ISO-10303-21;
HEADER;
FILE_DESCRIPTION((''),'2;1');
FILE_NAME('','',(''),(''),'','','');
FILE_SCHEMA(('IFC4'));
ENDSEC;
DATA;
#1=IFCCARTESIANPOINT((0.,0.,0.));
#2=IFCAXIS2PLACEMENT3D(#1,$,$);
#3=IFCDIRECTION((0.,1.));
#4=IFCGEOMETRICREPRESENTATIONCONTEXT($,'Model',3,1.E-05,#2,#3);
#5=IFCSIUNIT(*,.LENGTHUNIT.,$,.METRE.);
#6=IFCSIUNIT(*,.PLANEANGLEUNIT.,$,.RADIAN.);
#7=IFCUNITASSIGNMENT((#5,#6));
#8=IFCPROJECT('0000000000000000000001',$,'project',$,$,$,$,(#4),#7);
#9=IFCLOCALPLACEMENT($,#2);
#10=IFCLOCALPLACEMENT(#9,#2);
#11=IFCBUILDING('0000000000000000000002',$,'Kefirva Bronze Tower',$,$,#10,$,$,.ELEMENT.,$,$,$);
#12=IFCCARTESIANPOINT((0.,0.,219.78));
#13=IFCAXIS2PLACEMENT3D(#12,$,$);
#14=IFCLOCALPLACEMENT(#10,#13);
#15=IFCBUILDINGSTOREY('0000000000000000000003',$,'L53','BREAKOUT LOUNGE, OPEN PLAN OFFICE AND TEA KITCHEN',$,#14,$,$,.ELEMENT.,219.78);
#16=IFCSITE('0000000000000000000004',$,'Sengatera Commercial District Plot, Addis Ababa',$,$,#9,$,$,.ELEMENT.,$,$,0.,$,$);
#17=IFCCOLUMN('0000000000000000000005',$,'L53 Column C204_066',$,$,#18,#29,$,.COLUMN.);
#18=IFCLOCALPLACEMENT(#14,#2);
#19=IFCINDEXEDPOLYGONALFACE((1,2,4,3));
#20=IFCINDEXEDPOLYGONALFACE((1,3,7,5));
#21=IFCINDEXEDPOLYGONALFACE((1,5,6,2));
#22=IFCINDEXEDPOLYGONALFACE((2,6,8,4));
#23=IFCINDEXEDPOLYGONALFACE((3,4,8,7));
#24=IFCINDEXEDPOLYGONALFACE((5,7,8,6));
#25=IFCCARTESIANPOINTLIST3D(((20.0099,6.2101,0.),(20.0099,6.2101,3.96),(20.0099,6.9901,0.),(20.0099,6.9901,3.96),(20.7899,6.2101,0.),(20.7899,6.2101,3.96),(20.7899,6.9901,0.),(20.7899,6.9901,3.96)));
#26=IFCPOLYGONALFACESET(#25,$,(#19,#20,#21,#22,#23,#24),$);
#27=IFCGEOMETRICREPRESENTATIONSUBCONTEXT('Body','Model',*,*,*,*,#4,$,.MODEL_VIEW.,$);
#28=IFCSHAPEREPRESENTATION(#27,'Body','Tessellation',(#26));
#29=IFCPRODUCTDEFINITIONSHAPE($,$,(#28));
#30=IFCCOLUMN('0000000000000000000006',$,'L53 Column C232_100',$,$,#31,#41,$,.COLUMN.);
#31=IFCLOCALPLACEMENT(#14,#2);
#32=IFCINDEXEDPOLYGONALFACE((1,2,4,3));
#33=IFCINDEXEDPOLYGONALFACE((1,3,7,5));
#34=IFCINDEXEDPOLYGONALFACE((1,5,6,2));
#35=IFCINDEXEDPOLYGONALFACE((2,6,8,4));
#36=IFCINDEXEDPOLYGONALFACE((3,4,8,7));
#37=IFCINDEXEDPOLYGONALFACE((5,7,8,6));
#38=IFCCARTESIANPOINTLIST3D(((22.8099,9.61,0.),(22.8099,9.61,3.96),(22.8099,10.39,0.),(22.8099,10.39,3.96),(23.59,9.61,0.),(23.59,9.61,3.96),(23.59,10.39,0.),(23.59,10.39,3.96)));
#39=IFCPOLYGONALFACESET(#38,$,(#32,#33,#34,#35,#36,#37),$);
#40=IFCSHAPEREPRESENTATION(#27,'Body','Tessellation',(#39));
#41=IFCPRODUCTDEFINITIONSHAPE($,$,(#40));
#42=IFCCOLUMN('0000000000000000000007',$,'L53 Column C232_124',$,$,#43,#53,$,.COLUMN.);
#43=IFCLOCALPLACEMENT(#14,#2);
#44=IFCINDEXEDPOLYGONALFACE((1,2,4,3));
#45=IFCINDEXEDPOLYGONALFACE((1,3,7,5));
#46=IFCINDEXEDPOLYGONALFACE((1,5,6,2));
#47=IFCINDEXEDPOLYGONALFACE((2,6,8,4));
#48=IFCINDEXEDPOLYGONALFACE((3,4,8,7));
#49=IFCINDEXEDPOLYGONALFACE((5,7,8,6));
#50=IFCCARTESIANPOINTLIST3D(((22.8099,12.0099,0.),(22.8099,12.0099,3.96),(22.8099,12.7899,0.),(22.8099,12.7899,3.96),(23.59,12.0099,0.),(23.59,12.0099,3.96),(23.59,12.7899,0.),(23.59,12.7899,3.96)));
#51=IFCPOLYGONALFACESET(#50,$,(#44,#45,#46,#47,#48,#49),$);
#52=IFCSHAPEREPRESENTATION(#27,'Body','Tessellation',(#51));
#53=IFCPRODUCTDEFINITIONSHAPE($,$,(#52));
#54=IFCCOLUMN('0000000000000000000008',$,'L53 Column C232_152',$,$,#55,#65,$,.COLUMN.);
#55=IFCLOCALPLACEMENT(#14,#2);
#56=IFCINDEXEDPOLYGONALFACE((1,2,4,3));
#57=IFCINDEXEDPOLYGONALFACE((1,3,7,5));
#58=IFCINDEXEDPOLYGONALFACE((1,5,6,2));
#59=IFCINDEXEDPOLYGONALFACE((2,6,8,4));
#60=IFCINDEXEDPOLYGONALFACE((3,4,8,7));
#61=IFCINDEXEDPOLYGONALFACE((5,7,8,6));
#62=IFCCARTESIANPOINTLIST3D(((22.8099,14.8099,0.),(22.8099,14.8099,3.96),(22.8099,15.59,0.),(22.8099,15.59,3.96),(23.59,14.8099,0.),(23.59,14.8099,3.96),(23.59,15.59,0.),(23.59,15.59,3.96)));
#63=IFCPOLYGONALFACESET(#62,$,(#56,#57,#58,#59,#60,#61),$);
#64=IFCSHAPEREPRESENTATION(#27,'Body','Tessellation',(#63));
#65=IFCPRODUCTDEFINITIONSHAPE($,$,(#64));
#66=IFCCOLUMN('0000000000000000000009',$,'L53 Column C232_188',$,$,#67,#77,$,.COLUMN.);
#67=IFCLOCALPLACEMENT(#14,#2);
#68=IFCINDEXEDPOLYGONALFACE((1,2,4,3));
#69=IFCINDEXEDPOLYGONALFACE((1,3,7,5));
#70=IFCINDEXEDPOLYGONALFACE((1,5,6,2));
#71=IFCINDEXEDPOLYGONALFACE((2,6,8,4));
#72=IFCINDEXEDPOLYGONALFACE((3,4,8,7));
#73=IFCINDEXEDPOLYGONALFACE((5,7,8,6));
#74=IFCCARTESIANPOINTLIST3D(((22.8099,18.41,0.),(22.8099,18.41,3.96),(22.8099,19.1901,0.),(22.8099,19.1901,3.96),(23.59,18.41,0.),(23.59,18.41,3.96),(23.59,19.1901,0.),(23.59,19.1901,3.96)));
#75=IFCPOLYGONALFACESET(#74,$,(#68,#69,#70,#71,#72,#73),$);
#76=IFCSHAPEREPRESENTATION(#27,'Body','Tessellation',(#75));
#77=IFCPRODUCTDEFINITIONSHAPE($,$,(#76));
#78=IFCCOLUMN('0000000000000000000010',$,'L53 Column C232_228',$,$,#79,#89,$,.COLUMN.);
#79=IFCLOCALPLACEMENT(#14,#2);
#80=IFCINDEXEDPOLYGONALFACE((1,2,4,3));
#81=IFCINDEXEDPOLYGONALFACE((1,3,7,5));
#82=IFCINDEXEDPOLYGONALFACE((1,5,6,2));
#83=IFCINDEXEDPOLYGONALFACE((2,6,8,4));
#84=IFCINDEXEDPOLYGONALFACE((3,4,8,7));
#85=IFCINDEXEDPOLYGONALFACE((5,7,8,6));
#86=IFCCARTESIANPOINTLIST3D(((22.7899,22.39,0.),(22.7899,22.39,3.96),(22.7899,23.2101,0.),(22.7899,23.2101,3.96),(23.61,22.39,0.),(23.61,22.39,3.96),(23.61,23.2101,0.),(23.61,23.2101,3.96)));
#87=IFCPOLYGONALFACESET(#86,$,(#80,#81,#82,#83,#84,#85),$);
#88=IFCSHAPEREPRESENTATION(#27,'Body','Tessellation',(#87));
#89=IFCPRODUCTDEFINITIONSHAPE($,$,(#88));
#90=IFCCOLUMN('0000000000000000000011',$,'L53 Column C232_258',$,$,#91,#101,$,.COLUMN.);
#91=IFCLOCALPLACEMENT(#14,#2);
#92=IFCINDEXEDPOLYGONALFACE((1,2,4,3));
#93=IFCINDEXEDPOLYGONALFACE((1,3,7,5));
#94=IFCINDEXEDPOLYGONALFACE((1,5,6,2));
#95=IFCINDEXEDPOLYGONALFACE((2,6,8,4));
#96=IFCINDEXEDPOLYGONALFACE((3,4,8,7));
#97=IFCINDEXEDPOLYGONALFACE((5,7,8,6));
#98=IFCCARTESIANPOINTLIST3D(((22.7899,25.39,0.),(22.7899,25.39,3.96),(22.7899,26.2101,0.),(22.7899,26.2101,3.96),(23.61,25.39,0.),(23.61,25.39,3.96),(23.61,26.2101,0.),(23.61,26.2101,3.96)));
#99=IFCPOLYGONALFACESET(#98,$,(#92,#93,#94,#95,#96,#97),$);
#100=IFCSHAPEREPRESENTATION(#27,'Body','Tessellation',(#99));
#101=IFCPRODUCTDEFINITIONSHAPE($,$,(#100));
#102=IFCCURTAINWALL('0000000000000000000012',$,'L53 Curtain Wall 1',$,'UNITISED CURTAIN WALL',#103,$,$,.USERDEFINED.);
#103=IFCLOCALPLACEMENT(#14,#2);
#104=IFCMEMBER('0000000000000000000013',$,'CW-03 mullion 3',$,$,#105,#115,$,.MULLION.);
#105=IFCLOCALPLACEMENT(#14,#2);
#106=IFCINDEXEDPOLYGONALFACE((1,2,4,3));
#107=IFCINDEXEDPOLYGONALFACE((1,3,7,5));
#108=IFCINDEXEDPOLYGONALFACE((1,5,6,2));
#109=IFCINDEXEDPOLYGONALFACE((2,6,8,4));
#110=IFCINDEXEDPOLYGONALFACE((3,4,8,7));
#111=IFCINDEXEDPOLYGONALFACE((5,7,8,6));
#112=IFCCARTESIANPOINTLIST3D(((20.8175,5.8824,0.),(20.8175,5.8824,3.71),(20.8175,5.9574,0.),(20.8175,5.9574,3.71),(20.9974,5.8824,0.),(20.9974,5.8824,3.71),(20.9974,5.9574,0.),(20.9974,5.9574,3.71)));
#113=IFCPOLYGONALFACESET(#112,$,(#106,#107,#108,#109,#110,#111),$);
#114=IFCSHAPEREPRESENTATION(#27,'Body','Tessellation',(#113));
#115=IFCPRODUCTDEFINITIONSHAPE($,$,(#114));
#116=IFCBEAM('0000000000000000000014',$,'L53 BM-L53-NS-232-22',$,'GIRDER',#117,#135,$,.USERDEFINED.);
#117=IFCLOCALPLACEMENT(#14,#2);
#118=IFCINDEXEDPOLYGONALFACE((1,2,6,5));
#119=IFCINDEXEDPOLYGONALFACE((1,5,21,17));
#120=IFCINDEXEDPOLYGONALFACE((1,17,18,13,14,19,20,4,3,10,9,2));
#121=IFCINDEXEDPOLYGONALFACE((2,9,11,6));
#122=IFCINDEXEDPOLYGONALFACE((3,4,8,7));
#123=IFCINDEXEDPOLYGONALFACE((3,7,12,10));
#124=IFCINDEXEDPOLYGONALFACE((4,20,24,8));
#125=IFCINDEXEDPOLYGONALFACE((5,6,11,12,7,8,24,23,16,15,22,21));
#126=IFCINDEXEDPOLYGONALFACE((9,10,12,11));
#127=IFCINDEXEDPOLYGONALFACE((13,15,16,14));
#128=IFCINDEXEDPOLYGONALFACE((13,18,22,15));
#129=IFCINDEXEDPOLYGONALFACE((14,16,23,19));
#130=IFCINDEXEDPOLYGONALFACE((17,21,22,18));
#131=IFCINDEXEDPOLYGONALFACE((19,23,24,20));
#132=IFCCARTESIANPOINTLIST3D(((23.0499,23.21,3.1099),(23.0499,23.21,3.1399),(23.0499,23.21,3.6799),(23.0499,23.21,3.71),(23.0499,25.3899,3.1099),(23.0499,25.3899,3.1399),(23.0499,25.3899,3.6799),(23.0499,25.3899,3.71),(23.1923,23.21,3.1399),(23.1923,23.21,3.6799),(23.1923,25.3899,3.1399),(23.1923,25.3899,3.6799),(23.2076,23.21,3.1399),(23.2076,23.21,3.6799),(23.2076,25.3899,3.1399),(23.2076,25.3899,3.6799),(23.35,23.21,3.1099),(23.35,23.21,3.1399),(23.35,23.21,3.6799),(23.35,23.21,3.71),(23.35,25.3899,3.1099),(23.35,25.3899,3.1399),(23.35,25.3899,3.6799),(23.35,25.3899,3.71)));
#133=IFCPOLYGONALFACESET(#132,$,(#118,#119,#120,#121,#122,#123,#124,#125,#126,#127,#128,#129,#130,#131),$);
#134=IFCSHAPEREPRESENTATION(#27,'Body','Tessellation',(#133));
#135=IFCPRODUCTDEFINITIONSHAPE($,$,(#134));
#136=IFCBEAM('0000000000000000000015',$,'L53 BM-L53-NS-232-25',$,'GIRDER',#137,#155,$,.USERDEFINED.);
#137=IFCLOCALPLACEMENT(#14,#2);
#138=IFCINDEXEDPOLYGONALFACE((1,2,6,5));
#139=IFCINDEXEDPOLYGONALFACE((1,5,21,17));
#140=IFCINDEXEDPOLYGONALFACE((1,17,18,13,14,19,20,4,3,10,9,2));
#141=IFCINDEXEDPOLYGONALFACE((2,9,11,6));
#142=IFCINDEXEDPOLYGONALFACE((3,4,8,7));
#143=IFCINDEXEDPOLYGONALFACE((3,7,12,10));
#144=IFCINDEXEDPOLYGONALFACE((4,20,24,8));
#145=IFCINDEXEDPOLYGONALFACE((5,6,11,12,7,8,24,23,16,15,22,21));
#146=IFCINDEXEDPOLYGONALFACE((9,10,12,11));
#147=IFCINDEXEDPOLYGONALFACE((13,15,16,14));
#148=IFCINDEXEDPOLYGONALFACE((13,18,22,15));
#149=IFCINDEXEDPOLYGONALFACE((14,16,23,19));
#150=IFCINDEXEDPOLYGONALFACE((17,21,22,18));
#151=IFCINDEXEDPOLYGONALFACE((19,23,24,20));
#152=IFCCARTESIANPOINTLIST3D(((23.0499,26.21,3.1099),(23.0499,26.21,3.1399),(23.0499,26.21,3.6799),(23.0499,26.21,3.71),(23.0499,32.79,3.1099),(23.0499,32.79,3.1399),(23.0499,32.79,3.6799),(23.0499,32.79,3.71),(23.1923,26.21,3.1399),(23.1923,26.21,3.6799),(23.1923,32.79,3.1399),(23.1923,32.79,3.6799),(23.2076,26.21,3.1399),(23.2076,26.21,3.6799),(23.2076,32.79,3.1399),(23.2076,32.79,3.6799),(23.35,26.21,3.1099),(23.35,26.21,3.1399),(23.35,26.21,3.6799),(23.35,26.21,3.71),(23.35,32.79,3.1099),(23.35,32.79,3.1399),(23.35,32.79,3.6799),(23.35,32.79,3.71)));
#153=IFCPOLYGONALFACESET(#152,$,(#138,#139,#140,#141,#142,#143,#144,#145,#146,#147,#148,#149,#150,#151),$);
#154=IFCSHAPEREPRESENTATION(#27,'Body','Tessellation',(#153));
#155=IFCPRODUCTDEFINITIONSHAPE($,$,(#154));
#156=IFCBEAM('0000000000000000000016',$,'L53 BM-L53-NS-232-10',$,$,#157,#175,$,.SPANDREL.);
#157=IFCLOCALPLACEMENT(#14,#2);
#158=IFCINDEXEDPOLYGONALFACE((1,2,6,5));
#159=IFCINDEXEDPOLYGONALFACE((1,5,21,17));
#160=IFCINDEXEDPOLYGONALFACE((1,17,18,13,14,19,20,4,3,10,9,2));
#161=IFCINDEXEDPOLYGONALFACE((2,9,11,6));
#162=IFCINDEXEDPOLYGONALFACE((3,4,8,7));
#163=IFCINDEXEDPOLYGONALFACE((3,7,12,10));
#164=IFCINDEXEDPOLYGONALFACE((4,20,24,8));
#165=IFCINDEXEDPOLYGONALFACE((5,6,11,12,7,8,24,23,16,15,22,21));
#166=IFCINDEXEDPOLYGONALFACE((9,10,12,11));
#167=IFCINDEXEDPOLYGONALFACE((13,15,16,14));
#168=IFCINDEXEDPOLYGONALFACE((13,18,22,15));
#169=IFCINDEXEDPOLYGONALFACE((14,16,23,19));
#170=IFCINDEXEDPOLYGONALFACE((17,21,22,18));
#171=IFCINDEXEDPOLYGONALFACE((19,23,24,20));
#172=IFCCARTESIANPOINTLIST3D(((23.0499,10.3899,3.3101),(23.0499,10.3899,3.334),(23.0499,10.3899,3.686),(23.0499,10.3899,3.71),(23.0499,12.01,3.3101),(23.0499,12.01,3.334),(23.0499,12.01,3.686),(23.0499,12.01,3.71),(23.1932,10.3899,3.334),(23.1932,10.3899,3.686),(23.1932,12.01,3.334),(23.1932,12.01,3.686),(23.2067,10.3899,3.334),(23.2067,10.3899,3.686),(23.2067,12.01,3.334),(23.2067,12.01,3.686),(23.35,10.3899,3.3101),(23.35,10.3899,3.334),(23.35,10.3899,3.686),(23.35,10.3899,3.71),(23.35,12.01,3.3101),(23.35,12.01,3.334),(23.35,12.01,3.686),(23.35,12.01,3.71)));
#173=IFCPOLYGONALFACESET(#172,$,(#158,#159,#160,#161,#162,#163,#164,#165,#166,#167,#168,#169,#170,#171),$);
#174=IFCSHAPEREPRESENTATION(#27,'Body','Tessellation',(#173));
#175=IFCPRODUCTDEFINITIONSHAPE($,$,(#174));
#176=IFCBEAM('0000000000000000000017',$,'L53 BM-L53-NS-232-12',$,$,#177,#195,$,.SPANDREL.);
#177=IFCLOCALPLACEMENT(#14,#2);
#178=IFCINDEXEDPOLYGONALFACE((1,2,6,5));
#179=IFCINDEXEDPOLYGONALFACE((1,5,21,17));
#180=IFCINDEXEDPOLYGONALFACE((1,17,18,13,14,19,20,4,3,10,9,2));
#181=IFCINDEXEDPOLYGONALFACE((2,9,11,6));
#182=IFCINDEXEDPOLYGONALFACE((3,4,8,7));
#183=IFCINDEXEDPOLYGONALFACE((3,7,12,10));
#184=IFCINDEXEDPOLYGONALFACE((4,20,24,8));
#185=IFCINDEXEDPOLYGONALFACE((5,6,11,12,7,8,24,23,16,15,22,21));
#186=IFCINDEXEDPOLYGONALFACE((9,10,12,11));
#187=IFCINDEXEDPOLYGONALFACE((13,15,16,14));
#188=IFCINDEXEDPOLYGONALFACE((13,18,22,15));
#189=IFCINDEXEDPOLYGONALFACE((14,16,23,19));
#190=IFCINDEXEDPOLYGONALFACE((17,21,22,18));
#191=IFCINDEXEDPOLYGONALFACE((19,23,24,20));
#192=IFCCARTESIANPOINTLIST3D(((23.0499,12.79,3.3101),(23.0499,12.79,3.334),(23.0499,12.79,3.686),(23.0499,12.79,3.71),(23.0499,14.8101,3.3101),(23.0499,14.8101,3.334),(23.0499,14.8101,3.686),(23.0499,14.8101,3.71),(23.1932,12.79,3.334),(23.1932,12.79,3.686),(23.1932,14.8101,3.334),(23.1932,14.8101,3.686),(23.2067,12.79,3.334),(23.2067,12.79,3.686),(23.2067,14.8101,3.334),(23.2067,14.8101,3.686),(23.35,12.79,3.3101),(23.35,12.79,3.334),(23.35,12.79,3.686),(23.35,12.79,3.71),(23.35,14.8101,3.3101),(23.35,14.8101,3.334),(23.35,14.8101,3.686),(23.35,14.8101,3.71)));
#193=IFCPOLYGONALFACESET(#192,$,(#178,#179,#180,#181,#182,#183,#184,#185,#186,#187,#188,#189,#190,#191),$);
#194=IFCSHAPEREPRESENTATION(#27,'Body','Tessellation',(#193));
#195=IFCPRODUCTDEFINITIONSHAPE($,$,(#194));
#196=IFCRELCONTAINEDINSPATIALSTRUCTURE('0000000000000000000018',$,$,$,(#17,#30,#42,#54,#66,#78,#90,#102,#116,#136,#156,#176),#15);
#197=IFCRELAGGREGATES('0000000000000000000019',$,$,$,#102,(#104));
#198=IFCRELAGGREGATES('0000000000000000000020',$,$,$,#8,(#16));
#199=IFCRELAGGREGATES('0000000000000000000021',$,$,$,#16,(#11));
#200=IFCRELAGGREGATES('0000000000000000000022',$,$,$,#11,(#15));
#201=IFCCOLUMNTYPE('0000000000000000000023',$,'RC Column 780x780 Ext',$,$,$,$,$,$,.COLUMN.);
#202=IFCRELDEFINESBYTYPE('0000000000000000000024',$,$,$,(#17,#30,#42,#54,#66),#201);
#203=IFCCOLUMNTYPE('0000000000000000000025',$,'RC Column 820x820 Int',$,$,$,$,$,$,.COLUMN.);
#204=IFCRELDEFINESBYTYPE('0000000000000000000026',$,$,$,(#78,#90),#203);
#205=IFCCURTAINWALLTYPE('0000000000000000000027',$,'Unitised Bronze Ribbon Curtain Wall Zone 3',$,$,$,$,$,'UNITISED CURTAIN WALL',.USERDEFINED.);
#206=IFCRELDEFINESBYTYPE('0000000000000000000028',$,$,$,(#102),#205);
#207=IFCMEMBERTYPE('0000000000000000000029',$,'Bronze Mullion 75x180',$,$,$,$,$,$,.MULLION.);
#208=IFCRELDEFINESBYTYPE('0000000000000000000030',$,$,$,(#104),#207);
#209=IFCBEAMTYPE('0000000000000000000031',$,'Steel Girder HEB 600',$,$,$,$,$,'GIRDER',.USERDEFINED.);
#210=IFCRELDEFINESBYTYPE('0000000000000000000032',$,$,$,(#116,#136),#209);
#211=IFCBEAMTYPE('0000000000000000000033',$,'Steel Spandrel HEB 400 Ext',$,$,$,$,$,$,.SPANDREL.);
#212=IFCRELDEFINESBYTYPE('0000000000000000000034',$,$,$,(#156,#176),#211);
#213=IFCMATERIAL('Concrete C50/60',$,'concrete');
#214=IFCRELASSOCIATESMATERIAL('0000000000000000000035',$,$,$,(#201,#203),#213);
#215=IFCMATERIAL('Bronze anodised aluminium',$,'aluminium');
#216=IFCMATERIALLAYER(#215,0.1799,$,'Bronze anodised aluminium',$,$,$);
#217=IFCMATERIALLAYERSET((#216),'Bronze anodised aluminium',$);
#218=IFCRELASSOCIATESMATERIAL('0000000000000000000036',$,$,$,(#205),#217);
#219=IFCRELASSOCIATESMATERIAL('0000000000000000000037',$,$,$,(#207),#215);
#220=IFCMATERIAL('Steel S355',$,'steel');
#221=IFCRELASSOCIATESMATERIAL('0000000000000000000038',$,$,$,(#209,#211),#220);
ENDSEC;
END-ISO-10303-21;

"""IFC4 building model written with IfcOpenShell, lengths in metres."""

from ifc_helpers import new_model, si_unit, direction, frame, origin, origin_2d, place, context, subcontext, project, spatial, rectangle, i_section, extrude, material, layer, layer_set, material_profile, profile_set, type_object, element, aggregate, save


model = new_model("IFC4")

# Units and contexts
model_context = context("Model", 3, precision=1e-05, world=origin(), true_north=direction((0.0, 1.0)))
body_context = subcontext(model_context, "Body", "Model", "MODEL_VIEW")
ifc_project = project(units=[si_unit("LENGTHUNIT", "METRE"), si_unit("PLANEANGLEUNIT", "RADIAN")], contexts=[model_context])

# Site, building, storey
site_placement = place(None, origin())
site = spatial("IfcSite", under=ifc_project, at=site_placement, Name="Sengatera Commercial District Plot, Addis Ababa", CompositionType="ELEMENT", RefElevation=0.0)
building_placement = place(site_placement, origin())
building = spatial("IfcBuilding", under=site, at=building_placement, Name="Kefirva Bronze Tower", CompositionType="ELEMENT")
storey_placement = place(building_placement, frame((0.0, 0.0, 219.78)))
storey = spatial("IfcBuildingStorey", under=building, at=storey_placement, Name="L53", Description="BREAKOUT LOUNGE, OPEN PLAN OFFICE AND TEA KITCHEN", CompositionType="ELEMENT", Elevation=219.78)

# Columns
ifc_material_1 = material(Name="Concrete C50/60", Category="concrete")
ifc_material_profile_1 = material_profile(ifc_material_1, rectangle(XDim=0.78, YDim=0.78, at=origin_2d()), Name="RC 780x780")
ifc_profile_set_1 = profile_set([ifc_material_profile_1], Name="Concrete C50/60")
column_type_1 = type_object("IfcColumnType", Name="RC Column 780x780 Ext", PredefinedType="COLUMN", material=ifc_profile_set_1)
for number, where, z_axis, x_axis, name in (
    (1, (20.3999, 6.6001, 0.0), (0.0, 0.0, 1.0), (1.0, 0.0, 0.0), "L53 Column C204_066"),
    (2, (23.2, 10.0, 0.0), (0.0, 0.0, 1.0), (1.0, 0.0, 0.0), "L53 Column C232_100"),
    (3, (23.2, 12.3999, 0.0), (0.0, 0.0, 1.0), (1.0, 0.0, 0.0), "L53 Column C232_124"),
    (4, (23.2, 15.2, 0.0), (0.0, 0.0, 1.0), (1.0, 0.0, 0.0), "L53 Column C232_152"),
    (5, (23.2, 18.8, 0.0), (0.0, 0.0, 1.0), (1.0, 0.0, 0.0), "L53 Column C232_188"),
):
    element("IfcColumn", number, at=place(storey_placement, frame(where, z_axis=z_axis, x_axis=x_axis)), inside=storey, type_object=column_type_1, Name=name, PredefinedType="COLUMN", context=body_context, shape_type="SweptSolid", body=[
        extrude(rectangle(XDim=0.78, YDim=0.78, at=origin_2d()), origin(), (0.0, 0.0, 1.0), 3.96),
    ])
ifc_material_profile_2 = material_profile(ifc_material_1, rectangle(XDim=0.8201, YDim=0.8201, at=origin_2d()), Name="RC 820x820")
ifc_profile_set_2 = profile_set([ifc_material_profile_2], Name="Concrete C50/60")
column_type_2 = type_object("IfcColumnType", Name="RC Column 820x820 Int", PredefinedType="COLUMN", material=ifc_profile_set_2)
for number, where, z_axis, x_axis, name in (
    (6, (23.2, 22.8, 0.0), (0.0, 0.0, 1.0), (1.0, 0.0, 0.0), "L53 Column C232_228"),
    (7, (23.2, 25.8, 0.0), (0.0, 0.0, 1.0), (1.0, 0.0, 0.0), "L53 Column C232_258"),
):
    element("IfcColumn", number, at=place(storey_placement, frame(where, z_axis=z_axis, x_axis=x_axis)), inside=storey, type_object=column_type_2, Name=name, PredefinedType="COLUMN", context=body_context, shape_type="SweptSolid", body=[
        extrude(rectangle(XDim=0.8201, YDim=0.8201, at=origin_2d()), origin(), (0.0, 0.0, 1.0), 3.96),
    ])

# Curtain wall, member
ifc_material_2 = material(Name="Bronze anodised aluminium", Category="aluminium")
ifc_layer_1 = layer(ifc_material_2, 0.1799, Name="Bronze anodised aluminium")
ifc_layer_set_1 = layer_set([ifc_layer_1], Name="Bronze anodised aluminium")
curtain_wall_type = type_object("IfcCurtainWallType", Name="Unitised Bronze Ribbon Curtain Wall Zone 3", ElementType="UNITISED CURTAIN WALL", PredefinedType="USERDEFINED", material=ifc_layer_set_1)
curtain_wall_placement = place(storey_placement, origin())
curtain_wall = element("IfcCurtainWall", 8, at=curtain_wall_placement, inside=storey, type_object=curtain_wall_type, Name="L53 Curtain Wall 1", ObjectType="UNITISED CURTAIN WALL", PredefinedType="USERDEFINED")
ifc_material_profile_3 = material_profile(ifc_material_2, rectangle(XDim=0.075, YDim=0.1799, at=origin_2d()), Name="ALU 75x180")
ifc_profile_set_3 = profile_set([ifc_material_profile_3], Name="Bronze anodised aluminium")
member_type = type_object("IfcMemberType", Name="Bronze Mullion 75x180", PredefinedType="MULLION", material=ifc_profile_set_3)
member_placement = place(storey_placement, frame((20.9075, 5.9199, 0.0), z_axis=(0.0, 0.0, 1.0), x_axis=(0.0, 1.0, 0.0)))
member = element("IfcMember", 9, at=member_placement, type_object=member_type, Name="CW-03 mullion 3", PredefinedType="MULLION", context=body_context, shape_type="SweptSolid", body=[
    extrude(rectangle(XDim=0.075, YDim=0.1799, at=origin_2d()), origin(), (0.0, 0.0, 1.0), 3.71),
])
aggregate(curtain_wall, [member])

# Beams
ifc_material_3 = material(Name="Steel S355", Category="steel")
ifc_material_profile_4 = material_profile(ifc_material_3, i_section(OverallWidth=0.3, OverallDepth=0.6001, WebThickness=0.0154, FlangeThickness=0.03, at=origin_2d()), Name="HEB 600")
ifc_profile_set_4 = profile_set([ifc_material_profile_4], Name="Steel S355")
beam_type_1 = type_object("IfcBeamType", Name="Steel Girder HEB 600", ElementType="GIRDER", PredefinedType="USERDEFINED", material=ifc_profile_set_4)
beam_1_placement = place(storey_placement, frame((23.2, 23.21, 3.4099), z_axis=(0.0, 1.0, 0.0), x_axis=(-1.0, 0.0, 0.0)))
element("IfcBeam", 10, at=beam_1_placement, inside=storey, type_object=beam_type_1, Name="L53 BM-L53-NS-232-22", ObjectType="GIRDER", PredefinedType="USERDEFINED", context=body_context, shape_type="SweptSolid", body=[
    extrude(i_section(OverallWidth=0.3, OverallDepth=0.6001, WebThickness=0.0154, FlangeThickness=0.03, at=origin_2d()), origin(), (0.0, 0.0, 1.0), 2.1799),
])
beam_2_placement = place(storey_placement, frame((23.2, 26.21, 3.4099), z_axis=(0.0, 1.0, 0.0), x_axis=(-1.0, 0.0, 0.0)))
element("IfcBeam", 11, at=beam_2_placement, inside=storey, type_object=beam_type_1, Name="L53 BM-L53-NS-232-25", ObjectType="GIRDER", PredefinedType="USERDEFINED", context=body_context, shape_type="SweptSolid", body=[
    extrude(i_section(OverallWidth=0.3, OverallDepth=0.6001, WebThickness=0.0154, FlangeThickness=0.03, at=origin_2d()), origin(), (0.0, 0.0, 1.0), 6.5801),
])
ifc_material_profile_5 = material_profile(ifc_material_3, i_section(OverallWidth=0.3, OverallDepth=0.3999, WebThickness=0.0134, FlangeThickness=0.0239, at=origin_2d()), Name="HEB 400")
ifc_profile_set_5 = profile_set([ifc_material_profile_5], Name="Steel S355")
beam_type_2 = type_object("IfcBeamType", Name="Steel Spandrel HEB 400 Ext", PredefinedType="SPANDREL", material=ifc_profile_set_5)
beam_3_placement = place(storey_placement, frame((23.2, 10.3899, 3.51), z_axis=(0.0, 1.0, 0.0), x_axis=(-1.0, 0.0, 0.0)))
element("IfcBeam", 12, at=beam_3_placement, inside=storey, type_object=beam_type_2, Name="L53 BM-L53-NS-232-10", PredefinedType="SPANDREL", context=body_context, shape_type="SweptSolid", body=[
    extrude(i_section(OverallWidth=0.3, OverallDepth=0.3999, WebThickness=0.0134, FlangeThickness=0.0239, at=origin_2d()), origin(), (0.0, 0.0, 1.0), 1.6201),
])
beam_4_placement = place(storey_placement, frame((23.2, 12.79, 3.51), z_axis=(0.0, 1.0, 0.0), x_axis=(-1.0, 0.0, 0.0)))
element("IfcBeam", 13, at=beam_4_placement, inside=storey, type_object=beam_type_2, Name="L53 BM-L53-NS-232-12", PredefinedType="SPANDREL", context=body_context, shape_type="SweptSolid", body=[
    extrude(i_section(OverallWidth=0.3, OverallDepth=0.3999, WebThickness=0.0134, FlangeThickness=0.0239, at=origin_2d()), origin(), (0.0, 0.0, 1.0), 2.02),
])

save(model, "model.ifc")
